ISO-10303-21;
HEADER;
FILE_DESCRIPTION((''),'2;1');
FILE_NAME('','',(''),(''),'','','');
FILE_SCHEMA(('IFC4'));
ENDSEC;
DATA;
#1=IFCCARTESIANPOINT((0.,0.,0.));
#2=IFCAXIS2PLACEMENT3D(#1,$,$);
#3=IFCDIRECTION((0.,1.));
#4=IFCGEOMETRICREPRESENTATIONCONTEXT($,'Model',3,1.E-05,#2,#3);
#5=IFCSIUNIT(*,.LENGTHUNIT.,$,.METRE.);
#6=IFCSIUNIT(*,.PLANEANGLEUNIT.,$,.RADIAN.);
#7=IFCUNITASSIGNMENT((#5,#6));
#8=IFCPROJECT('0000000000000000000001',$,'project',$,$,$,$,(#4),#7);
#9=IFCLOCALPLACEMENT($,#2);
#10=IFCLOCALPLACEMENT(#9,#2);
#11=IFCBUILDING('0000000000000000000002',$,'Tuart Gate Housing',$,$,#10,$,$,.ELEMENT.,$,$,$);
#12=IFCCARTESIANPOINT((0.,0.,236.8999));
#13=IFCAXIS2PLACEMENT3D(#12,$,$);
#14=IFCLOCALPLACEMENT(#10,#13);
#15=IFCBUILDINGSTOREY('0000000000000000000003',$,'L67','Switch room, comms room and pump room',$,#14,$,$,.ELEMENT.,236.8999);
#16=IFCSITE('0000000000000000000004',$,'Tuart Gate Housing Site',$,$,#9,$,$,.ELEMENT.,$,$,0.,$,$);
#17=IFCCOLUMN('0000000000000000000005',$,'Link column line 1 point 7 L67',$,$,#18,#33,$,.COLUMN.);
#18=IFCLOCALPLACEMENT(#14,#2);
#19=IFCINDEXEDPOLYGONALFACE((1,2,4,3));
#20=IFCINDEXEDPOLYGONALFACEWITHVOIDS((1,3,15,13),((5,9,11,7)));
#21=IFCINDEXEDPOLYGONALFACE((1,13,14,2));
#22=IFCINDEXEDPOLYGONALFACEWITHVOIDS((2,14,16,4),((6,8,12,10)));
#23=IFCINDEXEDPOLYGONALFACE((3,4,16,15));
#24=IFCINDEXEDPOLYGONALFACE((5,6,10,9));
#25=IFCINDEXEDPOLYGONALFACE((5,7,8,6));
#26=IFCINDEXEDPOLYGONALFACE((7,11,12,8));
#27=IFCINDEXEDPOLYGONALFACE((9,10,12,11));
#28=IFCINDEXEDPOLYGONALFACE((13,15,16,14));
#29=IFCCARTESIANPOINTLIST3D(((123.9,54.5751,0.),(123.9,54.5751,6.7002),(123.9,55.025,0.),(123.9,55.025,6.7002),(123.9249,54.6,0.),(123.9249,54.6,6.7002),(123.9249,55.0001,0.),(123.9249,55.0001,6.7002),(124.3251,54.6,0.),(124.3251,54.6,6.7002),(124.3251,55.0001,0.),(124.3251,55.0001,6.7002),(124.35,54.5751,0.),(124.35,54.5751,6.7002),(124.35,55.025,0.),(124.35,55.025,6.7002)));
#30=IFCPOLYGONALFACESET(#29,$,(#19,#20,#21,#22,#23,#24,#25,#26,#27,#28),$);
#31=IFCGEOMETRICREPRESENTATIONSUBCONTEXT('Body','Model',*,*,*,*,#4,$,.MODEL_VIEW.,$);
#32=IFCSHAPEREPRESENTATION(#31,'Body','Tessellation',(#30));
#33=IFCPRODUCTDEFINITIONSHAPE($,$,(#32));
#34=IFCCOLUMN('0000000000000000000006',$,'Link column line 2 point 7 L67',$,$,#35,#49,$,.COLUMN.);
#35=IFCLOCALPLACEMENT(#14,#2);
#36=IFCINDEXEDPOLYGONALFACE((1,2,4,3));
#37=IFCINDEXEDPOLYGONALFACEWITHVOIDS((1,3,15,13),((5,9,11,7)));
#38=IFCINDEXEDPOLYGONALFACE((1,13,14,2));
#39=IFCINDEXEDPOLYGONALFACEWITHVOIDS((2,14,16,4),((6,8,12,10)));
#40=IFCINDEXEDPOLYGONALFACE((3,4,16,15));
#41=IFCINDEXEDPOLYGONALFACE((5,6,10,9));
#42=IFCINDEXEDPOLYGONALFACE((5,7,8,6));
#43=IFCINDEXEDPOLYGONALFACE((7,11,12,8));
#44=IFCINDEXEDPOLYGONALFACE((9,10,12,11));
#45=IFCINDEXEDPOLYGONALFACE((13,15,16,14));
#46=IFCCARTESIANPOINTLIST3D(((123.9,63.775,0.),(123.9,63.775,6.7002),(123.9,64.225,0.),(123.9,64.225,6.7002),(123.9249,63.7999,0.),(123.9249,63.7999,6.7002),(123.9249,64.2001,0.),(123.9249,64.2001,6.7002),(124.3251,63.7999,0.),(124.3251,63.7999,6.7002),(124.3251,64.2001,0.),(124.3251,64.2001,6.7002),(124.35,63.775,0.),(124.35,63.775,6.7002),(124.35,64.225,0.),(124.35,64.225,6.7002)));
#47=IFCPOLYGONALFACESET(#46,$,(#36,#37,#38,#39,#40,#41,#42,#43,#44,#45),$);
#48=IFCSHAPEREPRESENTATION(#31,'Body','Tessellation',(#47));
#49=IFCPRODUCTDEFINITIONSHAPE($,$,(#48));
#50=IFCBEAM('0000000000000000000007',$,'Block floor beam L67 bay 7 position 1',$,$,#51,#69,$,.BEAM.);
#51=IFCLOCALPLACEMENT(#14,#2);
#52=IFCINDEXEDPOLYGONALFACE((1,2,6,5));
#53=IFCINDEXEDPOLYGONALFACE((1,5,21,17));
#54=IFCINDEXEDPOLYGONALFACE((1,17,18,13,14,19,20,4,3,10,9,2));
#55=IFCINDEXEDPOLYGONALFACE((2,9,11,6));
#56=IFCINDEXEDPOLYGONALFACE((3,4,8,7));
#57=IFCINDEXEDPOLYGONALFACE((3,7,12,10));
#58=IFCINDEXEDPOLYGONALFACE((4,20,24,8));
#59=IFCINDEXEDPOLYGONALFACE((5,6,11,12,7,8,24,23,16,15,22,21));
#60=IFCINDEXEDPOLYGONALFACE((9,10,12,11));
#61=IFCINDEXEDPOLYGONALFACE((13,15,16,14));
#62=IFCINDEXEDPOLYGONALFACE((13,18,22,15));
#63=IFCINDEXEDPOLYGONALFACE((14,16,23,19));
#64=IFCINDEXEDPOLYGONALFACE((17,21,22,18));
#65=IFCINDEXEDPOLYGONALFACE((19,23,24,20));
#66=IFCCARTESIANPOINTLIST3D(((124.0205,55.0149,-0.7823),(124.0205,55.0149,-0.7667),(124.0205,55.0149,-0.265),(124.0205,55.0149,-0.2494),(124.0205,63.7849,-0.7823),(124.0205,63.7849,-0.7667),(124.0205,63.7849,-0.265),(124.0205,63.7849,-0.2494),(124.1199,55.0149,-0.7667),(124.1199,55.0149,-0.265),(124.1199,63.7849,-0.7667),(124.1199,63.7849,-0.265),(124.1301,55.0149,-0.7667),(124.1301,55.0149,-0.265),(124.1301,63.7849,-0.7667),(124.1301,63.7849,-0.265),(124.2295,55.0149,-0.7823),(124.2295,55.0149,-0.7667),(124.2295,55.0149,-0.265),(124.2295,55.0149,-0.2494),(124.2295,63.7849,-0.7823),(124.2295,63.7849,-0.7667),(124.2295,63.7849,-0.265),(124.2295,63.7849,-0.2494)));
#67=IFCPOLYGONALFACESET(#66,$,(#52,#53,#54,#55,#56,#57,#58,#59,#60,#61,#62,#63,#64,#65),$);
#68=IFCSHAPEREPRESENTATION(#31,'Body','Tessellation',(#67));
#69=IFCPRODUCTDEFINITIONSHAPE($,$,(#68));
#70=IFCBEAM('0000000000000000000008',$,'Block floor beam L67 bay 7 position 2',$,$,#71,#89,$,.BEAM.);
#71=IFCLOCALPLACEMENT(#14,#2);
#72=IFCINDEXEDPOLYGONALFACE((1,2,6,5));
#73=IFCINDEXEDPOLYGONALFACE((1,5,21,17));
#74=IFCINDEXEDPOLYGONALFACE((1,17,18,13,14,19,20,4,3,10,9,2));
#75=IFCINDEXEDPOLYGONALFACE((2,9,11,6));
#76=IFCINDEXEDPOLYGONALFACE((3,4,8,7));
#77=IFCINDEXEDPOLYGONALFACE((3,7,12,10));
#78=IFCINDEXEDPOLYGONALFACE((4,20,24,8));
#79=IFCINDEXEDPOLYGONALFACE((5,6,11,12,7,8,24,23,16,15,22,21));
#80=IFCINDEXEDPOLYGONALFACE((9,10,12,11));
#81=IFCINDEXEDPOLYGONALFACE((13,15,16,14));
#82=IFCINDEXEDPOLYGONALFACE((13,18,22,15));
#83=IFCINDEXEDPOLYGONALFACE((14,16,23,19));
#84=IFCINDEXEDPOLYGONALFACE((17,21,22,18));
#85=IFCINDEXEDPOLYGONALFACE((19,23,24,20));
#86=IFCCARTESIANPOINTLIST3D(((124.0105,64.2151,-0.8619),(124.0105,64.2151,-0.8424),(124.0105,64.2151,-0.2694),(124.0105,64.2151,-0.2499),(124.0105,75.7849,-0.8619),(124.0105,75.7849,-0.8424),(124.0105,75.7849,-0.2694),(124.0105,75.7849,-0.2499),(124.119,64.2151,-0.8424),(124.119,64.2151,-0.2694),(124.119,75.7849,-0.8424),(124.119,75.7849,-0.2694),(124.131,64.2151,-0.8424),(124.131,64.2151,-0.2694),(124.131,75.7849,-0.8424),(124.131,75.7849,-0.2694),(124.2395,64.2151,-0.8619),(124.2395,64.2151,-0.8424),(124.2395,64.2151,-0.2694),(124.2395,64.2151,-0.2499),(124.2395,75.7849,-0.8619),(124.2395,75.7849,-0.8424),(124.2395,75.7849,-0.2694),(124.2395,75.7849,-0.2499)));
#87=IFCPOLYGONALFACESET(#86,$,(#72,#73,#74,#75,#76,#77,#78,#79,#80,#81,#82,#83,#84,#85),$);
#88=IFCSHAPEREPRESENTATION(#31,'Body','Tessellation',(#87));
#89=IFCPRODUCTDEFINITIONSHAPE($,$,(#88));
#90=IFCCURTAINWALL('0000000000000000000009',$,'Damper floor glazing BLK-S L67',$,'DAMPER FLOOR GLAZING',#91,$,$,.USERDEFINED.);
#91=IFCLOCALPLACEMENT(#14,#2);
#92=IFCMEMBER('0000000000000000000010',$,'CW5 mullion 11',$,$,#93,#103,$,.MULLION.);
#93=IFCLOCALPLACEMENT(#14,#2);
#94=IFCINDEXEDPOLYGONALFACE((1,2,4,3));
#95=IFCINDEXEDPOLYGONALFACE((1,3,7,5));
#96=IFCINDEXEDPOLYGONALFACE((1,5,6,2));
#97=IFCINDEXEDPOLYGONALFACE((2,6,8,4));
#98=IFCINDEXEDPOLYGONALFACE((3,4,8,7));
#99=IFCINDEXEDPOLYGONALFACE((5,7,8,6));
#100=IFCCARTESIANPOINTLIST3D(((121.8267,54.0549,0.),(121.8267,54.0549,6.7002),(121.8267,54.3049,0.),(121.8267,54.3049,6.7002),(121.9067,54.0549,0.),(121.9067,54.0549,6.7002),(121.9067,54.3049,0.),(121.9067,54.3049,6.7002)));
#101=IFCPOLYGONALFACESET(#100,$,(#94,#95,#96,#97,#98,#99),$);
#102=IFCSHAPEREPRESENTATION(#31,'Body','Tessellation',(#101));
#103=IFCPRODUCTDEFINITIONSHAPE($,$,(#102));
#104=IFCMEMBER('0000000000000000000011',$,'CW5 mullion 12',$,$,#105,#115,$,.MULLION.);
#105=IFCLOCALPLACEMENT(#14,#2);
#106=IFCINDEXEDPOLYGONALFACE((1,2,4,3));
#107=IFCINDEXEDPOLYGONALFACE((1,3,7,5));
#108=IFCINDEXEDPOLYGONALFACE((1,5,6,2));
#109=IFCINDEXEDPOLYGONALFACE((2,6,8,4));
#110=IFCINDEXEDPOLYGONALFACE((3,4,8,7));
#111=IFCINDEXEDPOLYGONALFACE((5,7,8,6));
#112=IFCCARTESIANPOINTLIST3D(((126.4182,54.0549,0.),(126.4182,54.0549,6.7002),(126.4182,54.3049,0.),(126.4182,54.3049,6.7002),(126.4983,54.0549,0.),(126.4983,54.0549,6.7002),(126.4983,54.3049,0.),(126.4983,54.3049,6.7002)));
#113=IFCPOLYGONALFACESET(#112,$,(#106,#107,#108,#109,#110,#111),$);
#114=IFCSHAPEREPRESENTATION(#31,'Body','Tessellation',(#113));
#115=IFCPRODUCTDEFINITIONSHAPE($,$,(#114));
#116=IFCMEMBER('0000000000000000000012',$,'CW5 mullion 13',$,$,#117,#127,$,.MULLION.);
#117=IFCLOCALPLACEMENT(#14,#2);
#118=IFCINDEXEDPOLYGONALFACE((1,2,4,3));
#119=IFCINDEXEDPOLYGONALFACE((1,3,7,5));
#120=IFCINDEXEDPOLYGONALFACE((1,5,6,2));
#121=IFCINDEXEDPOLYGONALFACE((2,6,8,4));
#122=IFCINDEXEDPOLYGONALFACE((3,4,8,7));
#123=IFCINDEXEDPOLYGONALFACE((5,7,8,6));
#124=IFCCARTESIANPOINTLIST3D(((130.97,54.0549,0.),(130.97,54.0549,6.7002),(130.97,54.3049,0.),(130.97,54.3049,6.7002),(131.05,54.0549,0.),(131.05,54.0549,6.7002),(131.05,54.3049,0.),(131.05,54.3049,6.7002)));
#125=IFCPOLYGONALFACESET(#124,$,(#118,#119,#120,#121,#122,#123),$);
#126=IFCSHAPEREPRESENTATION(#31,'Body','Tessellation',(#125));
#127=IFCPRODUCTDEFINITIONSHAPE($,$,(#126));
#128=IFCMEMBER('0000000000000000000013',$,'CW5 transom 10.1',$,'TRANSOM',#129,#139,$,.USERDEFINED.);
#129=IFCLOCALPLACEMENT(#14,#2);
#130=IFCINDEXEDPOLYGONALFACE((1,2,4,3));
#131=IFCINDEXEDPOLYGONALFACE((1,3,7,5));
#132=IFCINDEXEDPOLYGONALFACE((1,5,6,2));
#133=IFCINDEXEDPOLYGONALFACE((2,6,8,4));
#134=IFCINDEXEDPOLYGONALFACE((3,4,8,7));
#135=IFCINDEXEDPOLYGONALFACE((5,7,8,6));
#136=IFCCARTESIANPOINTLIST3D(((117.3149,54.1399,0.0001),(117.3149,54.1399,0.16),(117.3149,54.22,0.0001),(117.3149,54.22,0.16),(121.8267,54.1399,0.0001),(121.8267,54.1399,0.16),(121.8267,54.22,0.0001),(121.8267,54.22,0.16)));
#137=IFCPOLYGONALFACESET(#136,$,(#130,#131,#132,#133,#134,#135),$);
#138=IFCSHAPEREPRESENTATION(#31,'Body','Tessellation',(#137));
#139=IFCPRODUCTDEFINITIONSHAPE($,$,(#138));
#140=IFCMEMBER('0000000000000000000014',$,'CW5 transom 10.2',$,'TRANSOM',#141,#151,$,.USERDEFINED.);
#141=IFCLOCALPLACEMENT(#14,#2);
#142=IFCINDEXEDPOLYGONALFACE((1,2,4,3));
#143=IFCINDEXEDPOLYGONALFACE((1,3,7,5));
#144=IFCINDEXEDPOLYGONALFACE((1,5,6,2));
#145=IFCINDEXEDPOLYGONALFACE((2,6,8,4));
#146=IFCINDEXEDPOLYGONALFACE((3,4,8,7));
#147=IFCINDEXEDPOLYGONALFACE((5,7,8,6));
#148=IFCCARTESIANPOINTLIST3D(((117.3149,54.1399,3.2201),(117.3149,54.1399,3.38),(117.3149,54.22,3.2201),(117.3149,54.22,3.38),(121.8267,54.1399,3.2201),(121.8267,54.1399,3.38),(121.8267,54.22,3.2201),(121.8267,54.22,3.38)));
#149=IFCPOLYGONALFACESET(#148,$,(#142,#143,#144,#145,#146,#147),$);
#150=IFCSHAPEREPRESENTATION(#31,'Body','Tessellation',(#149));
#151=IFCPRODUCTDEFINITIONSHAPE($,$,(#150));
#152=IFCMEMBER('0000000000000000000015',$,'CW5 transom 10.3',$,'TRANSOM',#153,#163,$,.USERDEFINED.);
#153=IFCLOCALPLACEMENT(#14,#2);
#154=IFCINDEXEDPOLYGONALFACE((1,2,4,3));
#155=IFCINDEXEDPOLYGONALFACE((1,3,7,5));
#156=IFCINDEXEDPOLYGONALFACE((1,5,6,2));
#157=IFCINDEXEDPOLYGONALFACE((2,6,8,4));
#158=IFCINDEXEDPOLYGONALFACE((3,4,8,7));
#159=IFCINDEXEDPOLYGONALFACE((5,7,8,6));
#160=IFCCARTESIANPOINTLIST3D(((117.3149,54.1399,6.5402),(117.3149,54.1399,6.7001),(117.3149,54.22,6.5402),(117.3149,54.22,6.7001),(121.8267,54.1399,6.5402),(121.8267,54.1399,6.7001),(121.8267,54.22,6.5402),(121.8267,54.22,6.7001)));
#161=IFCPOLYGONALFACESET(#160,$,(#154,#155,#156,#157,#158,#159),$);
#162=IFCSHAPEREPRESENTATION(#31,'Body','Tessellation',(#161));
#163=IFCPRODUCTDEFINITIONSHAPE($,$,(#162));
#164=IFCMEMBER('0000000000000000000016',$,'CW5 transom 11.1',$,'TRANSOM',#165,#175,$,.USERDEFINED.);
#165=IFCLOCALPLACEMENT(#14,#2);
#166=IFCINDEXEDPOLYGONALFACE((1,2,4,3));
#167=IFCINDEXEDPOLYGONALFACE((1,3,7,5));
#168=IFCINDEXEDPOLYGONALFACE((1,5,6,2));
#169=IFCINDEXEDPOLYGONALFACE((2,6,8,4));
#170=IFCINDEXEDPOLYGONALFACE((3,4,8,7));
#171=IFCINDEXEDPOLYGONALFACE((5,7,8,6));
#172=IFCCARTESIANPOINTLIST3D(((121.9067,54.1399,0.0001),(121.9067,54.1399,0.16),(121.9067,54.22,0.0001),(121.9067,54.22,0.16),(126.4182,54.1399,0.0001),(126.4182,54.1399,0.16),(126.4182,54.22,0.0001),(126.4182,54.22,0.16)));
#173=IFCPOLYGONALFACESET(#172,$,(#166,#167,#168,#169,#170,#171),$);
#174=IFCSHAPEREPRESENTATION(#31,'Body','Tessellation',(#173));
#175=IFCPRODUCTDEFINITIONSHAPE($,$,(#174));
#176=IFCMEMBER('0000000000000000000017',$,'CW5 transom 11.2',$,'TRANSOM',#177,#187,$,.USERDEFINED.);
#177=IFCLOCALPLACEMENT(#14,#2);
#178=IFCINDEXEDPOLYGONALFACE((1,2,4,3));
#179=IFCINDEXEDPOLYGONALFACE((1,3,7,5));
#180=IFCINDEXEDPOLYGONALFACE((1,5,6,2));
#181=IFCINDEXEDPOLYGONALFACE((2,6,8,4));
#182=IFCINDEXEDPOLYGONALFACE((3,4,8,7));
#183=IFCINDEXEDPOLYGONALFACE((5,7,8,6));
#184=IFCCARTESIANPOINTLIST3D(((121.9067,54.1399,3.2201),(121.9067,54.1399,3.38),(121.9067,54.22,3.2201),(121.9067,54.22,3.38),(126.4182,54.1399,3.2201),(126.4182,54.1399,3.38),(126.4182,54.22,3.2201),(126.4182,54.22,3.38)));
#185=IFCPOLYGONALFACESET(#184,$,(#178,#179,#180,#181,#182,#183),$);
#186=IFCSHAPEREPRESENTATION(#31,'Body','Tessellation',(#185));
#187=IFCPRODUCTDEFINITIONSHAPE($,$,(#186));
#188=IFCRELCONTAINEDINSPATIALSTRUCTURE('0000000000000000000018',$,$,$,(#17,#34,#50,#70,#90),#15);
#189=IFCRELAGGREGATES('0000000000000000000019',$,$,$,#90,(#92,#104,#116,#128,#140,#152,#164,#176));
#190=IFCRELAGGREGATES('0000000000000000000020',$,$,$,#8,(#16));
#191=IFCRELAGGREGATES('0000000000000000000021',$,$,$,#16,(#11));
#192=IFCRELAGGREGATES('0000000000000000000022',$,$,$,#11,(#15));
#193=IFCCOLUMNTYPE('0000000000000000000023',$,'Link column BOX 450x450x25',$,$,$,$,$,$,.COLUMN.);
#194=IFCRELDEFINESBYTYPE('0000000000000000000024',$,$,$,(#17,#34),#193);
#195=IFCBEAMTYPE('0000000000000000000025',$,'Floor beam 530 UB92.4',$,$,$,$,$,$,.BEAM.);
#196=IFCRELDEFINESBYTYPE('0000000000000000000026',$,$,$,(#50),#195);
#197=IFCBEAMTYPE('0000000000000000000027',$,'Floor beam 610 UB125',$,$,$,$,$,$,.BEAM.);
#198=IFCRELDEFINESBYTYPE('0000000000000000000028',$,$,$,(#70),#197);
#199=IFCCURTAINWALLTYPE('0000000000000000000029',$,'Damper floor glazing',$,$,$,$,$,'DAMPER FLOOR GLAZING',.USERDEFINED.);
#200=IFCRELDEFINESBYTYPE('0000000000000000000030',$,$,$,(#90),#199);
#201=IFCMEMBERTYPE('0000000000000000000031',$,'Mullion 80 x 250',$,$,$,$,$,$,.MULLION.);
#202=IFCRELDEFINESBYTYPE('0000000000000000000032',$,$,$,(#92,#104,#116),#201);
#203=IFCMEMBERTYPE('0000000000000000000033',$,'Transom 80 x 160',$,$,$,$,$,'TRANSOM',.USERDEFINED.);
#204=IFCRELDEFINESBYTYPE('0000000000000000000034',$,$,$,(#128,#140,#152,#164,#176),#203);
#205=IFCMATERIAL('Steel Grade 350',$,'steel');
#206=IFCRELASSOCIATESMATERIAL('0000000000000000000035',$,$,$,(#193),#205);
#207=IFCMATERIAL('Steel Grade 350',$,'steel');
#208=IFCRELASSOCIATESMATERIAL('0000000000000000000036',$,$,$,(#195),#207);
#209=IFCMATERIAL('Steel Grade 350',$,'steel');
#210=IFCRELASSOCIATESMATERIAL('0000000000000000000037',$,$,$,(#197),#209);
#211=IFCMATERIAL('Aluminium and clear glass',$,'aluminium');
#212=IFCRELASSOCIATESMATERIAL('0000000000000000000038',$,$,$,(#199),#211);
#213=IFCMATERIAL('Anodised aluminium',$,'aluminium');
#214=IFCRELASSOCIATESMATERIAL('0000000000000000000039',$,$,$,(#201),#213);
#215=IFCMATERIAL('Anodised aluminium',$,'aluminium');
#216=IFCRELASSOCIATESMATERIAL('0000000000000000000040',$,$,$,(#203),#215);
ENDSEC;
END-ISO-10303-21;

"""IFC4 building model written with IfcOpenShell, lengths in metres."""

from ifc_helpers import new_model, si_unit, direction, frame, origin, origin_2d, place, context, subcontext, project, spatial, rectangle, hollow_rectangle, i_section, extrude, material, material_profile, profile_set, type_object, element, aggregate, save


model = new_model("IFC4")

# Units and contexts
model_context = context("Model", 3, precision=1e-05, world=origin(), true_north=direction((0.0, 1.0)))
body_context = subcontext(model_context, "Body", "Model", "MODEL_VIEW")
ifc_project = project(units=[si_unit("LENGTHUNIT", "METRE"), si_unit("PLANEANGLEUNIT", "RADIAN")], contexts=[model_context])

# Site, building, storey
site_placement = place(None, origin())
site = spatial("IfcSite", under=ifc_project, at=site_placement, Name="Tuart Gate Housing Site", CompositionType="ELEMENT", RefElevation=0.0)
building_placement = place(site_placement, origin())
building = spatial("IfcBuilding", under=site, at=building_placement, Name="Tuart Gate Housing", CompositionType="ELEMENT")
storey_placement = place(building_placement, frame((0.0, 0.0, 236.8999)))
storey = spatial("IfcBuildingStorey", under=building, at=storey_placement, Name="L67", Description="Switch room, comms room and pump room", CompositionType="ELEMENT", Elevation=236.8999)

# Columns
ifc_material_1 = material(Name="Steel Grade 350", Category="steel")
ifc_material_profile_1 = material_profile(ifc_material_1, hollow_rectangle(XDim=0.45, YDim=0.45, WallThickness=0.0249, at=origin_2d()), Name="BOX 450x450x25")
ifc_profile_set_1 = profile_set([ifc_material_profile_1], Name="Steel Grade 350")
column_type = type_object("IfcColumnType", Name="Link column BOX 450x450x25", PredefinedType="COLUMN", material=ifc_profile_set_1)
for number, where, z_axis, x_axis, name in (
    (1, (124.125, 54.8, 0.0), (0.0, 0.0, 1.0), (1.0, 0.0, 0.0), "Link column line 1 point 7 L67"),
    (2, (124.125, 64.0, 0.0), (0.0, 0.0, 1.0), (1.0, 0.0, 0.0), "Link column line 2 point 7 L67"),
):
    element("IfcColumn", number, at=place(storey_placement, frame(where, z_axis=z_axis, x_axis=x_axis)), inside=storey, type_object=column_type, Name=name, PredefinedType="COLUMN", context=body_context, shape_type="SweptSolid", body=[
        extrude(hollow_rectangle(XDim=0.45, YDim=0.45, WallThickness=0.0249, at=origin_2d()), origin(), (0.0, 0.0, 1.0), 6.7002),
    ])

# Beams
ifc_material_2 = material(Name="Steel Grade 350", Category="steel")
ifc_material_profile_2 = material_profile(ifc_material_2, i_section(OverallWidth=0.209, OverallDepth=0.533, WebThickness=0.0103, FlangeThickness=0.0156, at=origin_2d()), Name="530UB92.4")
ifc_profile_set_2 = profile_set([ifc_material_profile_2], Name="Steel Grade 350")
beam_type_1 = type_object("IfcBeamType", Name="Floor beam 530 UB92.4", PredefinedType="BEAM", material=ifc_profile_set_2)
beam_1_placement = place(storey_placement, frame((124.125, 55.0149, -0.5159), z_axis=(0.0, 1.0, 0.0), x_axis=(-1.0, 0.0, 0.0)))
element("IfcBeam", 3, at=beam_1_placement, inside=storey, type_object=beam_type_1, Name="Block floor beam L67 bay 7 position 1", PredefinedType="BEAM", context=body_context, shape_type="SweptSolid", body=[
    extrude(i_section(OverallWidth=0.209, OverallDepth=0.533, WebThickness=0.0103, FlangeThickness=0.0156, at=origin_2d()), origin(), (0.0, 0.0, 1.0), 8.77),
])
ifc_material_3 = material(Name="Steel Grade 350", Category="steel")
ifc_material_profile_3 = material_profile(ifc_material_3, i_section(OverallWidth=0.229, OverallDepth=0.6121, WebThickness=0.012, FlangeThickness=0.0195, at=origin_2d()), Name="610UB125")
ifc_profile_set_3 = profile_set([ifc_material_profile_3], Name="Steel Grade 350")
beam_type_2 = type_object("IfcBeamType", Name="Floor beam 610 UB125", PredefinedType="BEAM", material=ifc_profile_set_3)
beam_2_placement = place(storey_placement, frame((124.125, 64.2151, -0.5559), z_axis=(0.0, 1.0, 0.0), x_axis=(-1.0, 0.0, 0.0)))
element("IfcBeam", 4, at=beam_2_placement, inside=storey, type_object=beam_type_2, Name="Block floor beam L67 bay 7 position 2", PredefinedType="BEAM", context=body_context, shape_type="SweptSolid", body=[
    extrude(i_section(OverallWidth=0.229, OverallDepth=0.6121, WebThickness=0.012, FlangeThickness=0.0195, at=origin_2d()), origin(), (0.0, 0.0, 1.0), 11.5698),
])

# Curtain wall, members
ifc_material_4 = material(Name="Aluminium and clear glass", Category="aluminium")
curtain_wall_type = type_object("IfcCurtainWallType", Name="Damper floor glazing", ElementType="DAMPER FLOOR GLAZING", PredefinedType="USERDEFINED", material=ifc_material_4)
curtain_wall_placement = place(storey_placement, origin())
curtain_wall = element("IfcCurtainWall", 5, at=curtain_wall_placement, inside=storey, type_object=curtain_wall_type, Name="Damper floor glazing BLK-S L67", ObjectType="DAMPER FLOOR GLAZING", PredefinedType="USERDEFINED")
ifc_material_5 = material(Name="Anodised aluminium", Category="aluminium")
ifc_material_profile_4 = material_profile(ifc_material_5, rectangle(XDim=0.0801, YDim=0.25, at=origin_2d()), Name="80x250")
ifc_profile_set_4 = profile_set([ifc_material_profile_4], Name="Anodised aluminium")
member_type_1 = type_object("IfcMemberType", Name="Mullion 80 x 250", PredefinedType="MULLION", material=ifc_profile_set_4)
member_1_placement = place(storey_placement, frame((121.8667, 54.1799, 0.0), z_axis=(0.0, 0.0, 1.0), x_axis=(1.0, 0.0, 0.0)))
member_1 = element("IfcMember", 6, at=member_1_placement, type_object=member_type_1, Name="CW5 mullion 11", PredefinedType="MULLION", context=body_context, shape_type="SweptSolid", body=[
    extrude(rectangle(XDim=0.0801, YDim=0.25, at=origin_2d()), origin(), (0.0, 0.0, 1.0), 6.7002),
])
member_2_placement = place(storey_placement, frame((126.4583, 54.1799, 0.0), z_axis=(0.0, 0.0, 1.0), x_axis=(1.0, 0.0, 0.0)))
member_2 = element("IfcMember", 7, at=member_2_placement, type_object=member_type_1, Name="CW5 mullion 12", PredefinedType="MULLION", context=body_context, shape_type="SweptSolid", body=[
    extrude(rectangle(XDim=0.0801, YDim=0.25, at=origin_2d()), origin(), (0.0, 0.0, 1.0), 6.7002),
])
member_3_placement = place(storey_placement, frame((131.01, 54.1799, 0.0), z_axis=(0.0, 0.0, 1.0), x_axis=(1.0, 0.0, 0.0)))
member_3 = element("IfcMember", 8, at=member_3_placement, type_object=member_type_1, Name="CW5 mullion 13", PredefinedType="MULLION", context=body_context, shape_type="SweptSolid", body=[
    extrude(rectangle(XDim=0.0801, YDim=0.25, at=origin_2d()), origin(), (0.0, 0.0, 1.0), 6.7002),
])
ifc_material_6 = material(Name="Anodised aluminium", Category="aluminium")
ifc_material_profile_5 = material_profile(ifc_material_6, rectangle(XDim=0.0801, YDim=0.1599, at=origin_2d()), Name="80x160")
ifc_profile_set_5 = profile_set([ifc_material_profile_5], Name="Anodised aluminium")
member_type_2 = type_object("IfcMemberType", Name="Transom 80 x 160", ElementType="TRANSOM", PredefinedType="USERDEFINED", material=ifc_profile_set_5)
member_4_placement = place(storey_placement, frame((117.3149, 54.1799, 0.0801), z_axis=(1.0, 0.0, 0.0), x_axis=(0.0, 1.0, 0.0)))
member_4 = element("IfcMember", 9, at=member_4_placement, type_object=member_type_2, Name="CW5 transom 10.1", ObjectType="TRANSOM", PredefinedType="USERDEFINED", context=body_context, shape_type="SweptSolid", body=[
    extrude(rectangle(XDim=0.0801, YDim=0.1599, at=origin_2d()), origin(), (0.0, 0.0, 1.0), 4.5117),
])
member_5_placement = place(storey_placement, frame((117.3149, 54.1799, 3.3), z_axis=(1.0, 0.0, 0.0), x_axis=(0.0, 1.0, 0.0)))
member_5 = element("IfcMember", 10, at=member_5_placement, type_object=member_type_2, Name="CW5 transom 10.2", ObjectType="TRANSOM", PredefinedType="USERDEFINED", context=body_context, shape_type="SweptSolid", body=[
    extrude(rectangle(XDim=0.0801, YDim=0.1599, at=origin_2d()), origin(), (0.0, 0.0, 1.0), 4.5117),
])
member_6_placement = place(storey_placement, frame((117.3149, 54.1799, 6.6201), z_axis=(1.0, 0.0, 0.0), x_axis=(0.0, 1.0, 0.0)))
member_6 = element("IfcMember", 11, at=member_6_placement, type_object=member_type_2, Name="CW5 transom 10.3", ObjectType="TRANSOM", PredefinedType="USERDEFINED", context=body_context, shape_type="SweptSolid", body=[
    extrude(rectangle(XDim=0.0801, YDim=0.1599, at=origin_2d()), origin(), (0.0, 0.0, 1.0), 4.5117),
])
member_7_placement = place(storey_placement, frame((121.9067, 54.1799, 0.0801), z_axis=(1.0, 0.0, 0.0), x_axis=(0.0, 1.0, 0.0)))
member_7 = element("IfcMember", 12, at=member_7_placement, type_object=member_type_2, Name="CW5 transom 11.1", ObjectType="TRANSOM", PredefinedType="USERDEFINED", context=body_context, shape_type="SweptSolid", body=[
    extrude(rectangle(XDim=0.0801, YDim=0.1599, at=origin_2d()), origin(), (0.0, 0.0, 1.0), 4.5115),
])
member_8_placement = place(storey_placement, frame((121.9067, 54.1799, 3.3), z_axis=(1.0, 0.0, 0.0), x_axis=(0.0, 1.0, 0.0)))
member_8 = element("IfcMember", 13, at=member_8_placement, type_object=member_type_2, Name="CW5 transom 11.2", ObjectType="TRANSOM", PredefinedType="USERDEFINED", context=body_context, shape_type="SweptSolid", body=[
    extrude(rectangle(XDim=0.0801, YDim=0.1599, at=origin_2d()), origin(), (0.0, 0.0, 1.0), 4.5115),
])
aggregate(curtain_wall, [member_1, member_2, member_3, member_4, member_5, member_6, member_7, member_8])

save(model, "model.ifc")
